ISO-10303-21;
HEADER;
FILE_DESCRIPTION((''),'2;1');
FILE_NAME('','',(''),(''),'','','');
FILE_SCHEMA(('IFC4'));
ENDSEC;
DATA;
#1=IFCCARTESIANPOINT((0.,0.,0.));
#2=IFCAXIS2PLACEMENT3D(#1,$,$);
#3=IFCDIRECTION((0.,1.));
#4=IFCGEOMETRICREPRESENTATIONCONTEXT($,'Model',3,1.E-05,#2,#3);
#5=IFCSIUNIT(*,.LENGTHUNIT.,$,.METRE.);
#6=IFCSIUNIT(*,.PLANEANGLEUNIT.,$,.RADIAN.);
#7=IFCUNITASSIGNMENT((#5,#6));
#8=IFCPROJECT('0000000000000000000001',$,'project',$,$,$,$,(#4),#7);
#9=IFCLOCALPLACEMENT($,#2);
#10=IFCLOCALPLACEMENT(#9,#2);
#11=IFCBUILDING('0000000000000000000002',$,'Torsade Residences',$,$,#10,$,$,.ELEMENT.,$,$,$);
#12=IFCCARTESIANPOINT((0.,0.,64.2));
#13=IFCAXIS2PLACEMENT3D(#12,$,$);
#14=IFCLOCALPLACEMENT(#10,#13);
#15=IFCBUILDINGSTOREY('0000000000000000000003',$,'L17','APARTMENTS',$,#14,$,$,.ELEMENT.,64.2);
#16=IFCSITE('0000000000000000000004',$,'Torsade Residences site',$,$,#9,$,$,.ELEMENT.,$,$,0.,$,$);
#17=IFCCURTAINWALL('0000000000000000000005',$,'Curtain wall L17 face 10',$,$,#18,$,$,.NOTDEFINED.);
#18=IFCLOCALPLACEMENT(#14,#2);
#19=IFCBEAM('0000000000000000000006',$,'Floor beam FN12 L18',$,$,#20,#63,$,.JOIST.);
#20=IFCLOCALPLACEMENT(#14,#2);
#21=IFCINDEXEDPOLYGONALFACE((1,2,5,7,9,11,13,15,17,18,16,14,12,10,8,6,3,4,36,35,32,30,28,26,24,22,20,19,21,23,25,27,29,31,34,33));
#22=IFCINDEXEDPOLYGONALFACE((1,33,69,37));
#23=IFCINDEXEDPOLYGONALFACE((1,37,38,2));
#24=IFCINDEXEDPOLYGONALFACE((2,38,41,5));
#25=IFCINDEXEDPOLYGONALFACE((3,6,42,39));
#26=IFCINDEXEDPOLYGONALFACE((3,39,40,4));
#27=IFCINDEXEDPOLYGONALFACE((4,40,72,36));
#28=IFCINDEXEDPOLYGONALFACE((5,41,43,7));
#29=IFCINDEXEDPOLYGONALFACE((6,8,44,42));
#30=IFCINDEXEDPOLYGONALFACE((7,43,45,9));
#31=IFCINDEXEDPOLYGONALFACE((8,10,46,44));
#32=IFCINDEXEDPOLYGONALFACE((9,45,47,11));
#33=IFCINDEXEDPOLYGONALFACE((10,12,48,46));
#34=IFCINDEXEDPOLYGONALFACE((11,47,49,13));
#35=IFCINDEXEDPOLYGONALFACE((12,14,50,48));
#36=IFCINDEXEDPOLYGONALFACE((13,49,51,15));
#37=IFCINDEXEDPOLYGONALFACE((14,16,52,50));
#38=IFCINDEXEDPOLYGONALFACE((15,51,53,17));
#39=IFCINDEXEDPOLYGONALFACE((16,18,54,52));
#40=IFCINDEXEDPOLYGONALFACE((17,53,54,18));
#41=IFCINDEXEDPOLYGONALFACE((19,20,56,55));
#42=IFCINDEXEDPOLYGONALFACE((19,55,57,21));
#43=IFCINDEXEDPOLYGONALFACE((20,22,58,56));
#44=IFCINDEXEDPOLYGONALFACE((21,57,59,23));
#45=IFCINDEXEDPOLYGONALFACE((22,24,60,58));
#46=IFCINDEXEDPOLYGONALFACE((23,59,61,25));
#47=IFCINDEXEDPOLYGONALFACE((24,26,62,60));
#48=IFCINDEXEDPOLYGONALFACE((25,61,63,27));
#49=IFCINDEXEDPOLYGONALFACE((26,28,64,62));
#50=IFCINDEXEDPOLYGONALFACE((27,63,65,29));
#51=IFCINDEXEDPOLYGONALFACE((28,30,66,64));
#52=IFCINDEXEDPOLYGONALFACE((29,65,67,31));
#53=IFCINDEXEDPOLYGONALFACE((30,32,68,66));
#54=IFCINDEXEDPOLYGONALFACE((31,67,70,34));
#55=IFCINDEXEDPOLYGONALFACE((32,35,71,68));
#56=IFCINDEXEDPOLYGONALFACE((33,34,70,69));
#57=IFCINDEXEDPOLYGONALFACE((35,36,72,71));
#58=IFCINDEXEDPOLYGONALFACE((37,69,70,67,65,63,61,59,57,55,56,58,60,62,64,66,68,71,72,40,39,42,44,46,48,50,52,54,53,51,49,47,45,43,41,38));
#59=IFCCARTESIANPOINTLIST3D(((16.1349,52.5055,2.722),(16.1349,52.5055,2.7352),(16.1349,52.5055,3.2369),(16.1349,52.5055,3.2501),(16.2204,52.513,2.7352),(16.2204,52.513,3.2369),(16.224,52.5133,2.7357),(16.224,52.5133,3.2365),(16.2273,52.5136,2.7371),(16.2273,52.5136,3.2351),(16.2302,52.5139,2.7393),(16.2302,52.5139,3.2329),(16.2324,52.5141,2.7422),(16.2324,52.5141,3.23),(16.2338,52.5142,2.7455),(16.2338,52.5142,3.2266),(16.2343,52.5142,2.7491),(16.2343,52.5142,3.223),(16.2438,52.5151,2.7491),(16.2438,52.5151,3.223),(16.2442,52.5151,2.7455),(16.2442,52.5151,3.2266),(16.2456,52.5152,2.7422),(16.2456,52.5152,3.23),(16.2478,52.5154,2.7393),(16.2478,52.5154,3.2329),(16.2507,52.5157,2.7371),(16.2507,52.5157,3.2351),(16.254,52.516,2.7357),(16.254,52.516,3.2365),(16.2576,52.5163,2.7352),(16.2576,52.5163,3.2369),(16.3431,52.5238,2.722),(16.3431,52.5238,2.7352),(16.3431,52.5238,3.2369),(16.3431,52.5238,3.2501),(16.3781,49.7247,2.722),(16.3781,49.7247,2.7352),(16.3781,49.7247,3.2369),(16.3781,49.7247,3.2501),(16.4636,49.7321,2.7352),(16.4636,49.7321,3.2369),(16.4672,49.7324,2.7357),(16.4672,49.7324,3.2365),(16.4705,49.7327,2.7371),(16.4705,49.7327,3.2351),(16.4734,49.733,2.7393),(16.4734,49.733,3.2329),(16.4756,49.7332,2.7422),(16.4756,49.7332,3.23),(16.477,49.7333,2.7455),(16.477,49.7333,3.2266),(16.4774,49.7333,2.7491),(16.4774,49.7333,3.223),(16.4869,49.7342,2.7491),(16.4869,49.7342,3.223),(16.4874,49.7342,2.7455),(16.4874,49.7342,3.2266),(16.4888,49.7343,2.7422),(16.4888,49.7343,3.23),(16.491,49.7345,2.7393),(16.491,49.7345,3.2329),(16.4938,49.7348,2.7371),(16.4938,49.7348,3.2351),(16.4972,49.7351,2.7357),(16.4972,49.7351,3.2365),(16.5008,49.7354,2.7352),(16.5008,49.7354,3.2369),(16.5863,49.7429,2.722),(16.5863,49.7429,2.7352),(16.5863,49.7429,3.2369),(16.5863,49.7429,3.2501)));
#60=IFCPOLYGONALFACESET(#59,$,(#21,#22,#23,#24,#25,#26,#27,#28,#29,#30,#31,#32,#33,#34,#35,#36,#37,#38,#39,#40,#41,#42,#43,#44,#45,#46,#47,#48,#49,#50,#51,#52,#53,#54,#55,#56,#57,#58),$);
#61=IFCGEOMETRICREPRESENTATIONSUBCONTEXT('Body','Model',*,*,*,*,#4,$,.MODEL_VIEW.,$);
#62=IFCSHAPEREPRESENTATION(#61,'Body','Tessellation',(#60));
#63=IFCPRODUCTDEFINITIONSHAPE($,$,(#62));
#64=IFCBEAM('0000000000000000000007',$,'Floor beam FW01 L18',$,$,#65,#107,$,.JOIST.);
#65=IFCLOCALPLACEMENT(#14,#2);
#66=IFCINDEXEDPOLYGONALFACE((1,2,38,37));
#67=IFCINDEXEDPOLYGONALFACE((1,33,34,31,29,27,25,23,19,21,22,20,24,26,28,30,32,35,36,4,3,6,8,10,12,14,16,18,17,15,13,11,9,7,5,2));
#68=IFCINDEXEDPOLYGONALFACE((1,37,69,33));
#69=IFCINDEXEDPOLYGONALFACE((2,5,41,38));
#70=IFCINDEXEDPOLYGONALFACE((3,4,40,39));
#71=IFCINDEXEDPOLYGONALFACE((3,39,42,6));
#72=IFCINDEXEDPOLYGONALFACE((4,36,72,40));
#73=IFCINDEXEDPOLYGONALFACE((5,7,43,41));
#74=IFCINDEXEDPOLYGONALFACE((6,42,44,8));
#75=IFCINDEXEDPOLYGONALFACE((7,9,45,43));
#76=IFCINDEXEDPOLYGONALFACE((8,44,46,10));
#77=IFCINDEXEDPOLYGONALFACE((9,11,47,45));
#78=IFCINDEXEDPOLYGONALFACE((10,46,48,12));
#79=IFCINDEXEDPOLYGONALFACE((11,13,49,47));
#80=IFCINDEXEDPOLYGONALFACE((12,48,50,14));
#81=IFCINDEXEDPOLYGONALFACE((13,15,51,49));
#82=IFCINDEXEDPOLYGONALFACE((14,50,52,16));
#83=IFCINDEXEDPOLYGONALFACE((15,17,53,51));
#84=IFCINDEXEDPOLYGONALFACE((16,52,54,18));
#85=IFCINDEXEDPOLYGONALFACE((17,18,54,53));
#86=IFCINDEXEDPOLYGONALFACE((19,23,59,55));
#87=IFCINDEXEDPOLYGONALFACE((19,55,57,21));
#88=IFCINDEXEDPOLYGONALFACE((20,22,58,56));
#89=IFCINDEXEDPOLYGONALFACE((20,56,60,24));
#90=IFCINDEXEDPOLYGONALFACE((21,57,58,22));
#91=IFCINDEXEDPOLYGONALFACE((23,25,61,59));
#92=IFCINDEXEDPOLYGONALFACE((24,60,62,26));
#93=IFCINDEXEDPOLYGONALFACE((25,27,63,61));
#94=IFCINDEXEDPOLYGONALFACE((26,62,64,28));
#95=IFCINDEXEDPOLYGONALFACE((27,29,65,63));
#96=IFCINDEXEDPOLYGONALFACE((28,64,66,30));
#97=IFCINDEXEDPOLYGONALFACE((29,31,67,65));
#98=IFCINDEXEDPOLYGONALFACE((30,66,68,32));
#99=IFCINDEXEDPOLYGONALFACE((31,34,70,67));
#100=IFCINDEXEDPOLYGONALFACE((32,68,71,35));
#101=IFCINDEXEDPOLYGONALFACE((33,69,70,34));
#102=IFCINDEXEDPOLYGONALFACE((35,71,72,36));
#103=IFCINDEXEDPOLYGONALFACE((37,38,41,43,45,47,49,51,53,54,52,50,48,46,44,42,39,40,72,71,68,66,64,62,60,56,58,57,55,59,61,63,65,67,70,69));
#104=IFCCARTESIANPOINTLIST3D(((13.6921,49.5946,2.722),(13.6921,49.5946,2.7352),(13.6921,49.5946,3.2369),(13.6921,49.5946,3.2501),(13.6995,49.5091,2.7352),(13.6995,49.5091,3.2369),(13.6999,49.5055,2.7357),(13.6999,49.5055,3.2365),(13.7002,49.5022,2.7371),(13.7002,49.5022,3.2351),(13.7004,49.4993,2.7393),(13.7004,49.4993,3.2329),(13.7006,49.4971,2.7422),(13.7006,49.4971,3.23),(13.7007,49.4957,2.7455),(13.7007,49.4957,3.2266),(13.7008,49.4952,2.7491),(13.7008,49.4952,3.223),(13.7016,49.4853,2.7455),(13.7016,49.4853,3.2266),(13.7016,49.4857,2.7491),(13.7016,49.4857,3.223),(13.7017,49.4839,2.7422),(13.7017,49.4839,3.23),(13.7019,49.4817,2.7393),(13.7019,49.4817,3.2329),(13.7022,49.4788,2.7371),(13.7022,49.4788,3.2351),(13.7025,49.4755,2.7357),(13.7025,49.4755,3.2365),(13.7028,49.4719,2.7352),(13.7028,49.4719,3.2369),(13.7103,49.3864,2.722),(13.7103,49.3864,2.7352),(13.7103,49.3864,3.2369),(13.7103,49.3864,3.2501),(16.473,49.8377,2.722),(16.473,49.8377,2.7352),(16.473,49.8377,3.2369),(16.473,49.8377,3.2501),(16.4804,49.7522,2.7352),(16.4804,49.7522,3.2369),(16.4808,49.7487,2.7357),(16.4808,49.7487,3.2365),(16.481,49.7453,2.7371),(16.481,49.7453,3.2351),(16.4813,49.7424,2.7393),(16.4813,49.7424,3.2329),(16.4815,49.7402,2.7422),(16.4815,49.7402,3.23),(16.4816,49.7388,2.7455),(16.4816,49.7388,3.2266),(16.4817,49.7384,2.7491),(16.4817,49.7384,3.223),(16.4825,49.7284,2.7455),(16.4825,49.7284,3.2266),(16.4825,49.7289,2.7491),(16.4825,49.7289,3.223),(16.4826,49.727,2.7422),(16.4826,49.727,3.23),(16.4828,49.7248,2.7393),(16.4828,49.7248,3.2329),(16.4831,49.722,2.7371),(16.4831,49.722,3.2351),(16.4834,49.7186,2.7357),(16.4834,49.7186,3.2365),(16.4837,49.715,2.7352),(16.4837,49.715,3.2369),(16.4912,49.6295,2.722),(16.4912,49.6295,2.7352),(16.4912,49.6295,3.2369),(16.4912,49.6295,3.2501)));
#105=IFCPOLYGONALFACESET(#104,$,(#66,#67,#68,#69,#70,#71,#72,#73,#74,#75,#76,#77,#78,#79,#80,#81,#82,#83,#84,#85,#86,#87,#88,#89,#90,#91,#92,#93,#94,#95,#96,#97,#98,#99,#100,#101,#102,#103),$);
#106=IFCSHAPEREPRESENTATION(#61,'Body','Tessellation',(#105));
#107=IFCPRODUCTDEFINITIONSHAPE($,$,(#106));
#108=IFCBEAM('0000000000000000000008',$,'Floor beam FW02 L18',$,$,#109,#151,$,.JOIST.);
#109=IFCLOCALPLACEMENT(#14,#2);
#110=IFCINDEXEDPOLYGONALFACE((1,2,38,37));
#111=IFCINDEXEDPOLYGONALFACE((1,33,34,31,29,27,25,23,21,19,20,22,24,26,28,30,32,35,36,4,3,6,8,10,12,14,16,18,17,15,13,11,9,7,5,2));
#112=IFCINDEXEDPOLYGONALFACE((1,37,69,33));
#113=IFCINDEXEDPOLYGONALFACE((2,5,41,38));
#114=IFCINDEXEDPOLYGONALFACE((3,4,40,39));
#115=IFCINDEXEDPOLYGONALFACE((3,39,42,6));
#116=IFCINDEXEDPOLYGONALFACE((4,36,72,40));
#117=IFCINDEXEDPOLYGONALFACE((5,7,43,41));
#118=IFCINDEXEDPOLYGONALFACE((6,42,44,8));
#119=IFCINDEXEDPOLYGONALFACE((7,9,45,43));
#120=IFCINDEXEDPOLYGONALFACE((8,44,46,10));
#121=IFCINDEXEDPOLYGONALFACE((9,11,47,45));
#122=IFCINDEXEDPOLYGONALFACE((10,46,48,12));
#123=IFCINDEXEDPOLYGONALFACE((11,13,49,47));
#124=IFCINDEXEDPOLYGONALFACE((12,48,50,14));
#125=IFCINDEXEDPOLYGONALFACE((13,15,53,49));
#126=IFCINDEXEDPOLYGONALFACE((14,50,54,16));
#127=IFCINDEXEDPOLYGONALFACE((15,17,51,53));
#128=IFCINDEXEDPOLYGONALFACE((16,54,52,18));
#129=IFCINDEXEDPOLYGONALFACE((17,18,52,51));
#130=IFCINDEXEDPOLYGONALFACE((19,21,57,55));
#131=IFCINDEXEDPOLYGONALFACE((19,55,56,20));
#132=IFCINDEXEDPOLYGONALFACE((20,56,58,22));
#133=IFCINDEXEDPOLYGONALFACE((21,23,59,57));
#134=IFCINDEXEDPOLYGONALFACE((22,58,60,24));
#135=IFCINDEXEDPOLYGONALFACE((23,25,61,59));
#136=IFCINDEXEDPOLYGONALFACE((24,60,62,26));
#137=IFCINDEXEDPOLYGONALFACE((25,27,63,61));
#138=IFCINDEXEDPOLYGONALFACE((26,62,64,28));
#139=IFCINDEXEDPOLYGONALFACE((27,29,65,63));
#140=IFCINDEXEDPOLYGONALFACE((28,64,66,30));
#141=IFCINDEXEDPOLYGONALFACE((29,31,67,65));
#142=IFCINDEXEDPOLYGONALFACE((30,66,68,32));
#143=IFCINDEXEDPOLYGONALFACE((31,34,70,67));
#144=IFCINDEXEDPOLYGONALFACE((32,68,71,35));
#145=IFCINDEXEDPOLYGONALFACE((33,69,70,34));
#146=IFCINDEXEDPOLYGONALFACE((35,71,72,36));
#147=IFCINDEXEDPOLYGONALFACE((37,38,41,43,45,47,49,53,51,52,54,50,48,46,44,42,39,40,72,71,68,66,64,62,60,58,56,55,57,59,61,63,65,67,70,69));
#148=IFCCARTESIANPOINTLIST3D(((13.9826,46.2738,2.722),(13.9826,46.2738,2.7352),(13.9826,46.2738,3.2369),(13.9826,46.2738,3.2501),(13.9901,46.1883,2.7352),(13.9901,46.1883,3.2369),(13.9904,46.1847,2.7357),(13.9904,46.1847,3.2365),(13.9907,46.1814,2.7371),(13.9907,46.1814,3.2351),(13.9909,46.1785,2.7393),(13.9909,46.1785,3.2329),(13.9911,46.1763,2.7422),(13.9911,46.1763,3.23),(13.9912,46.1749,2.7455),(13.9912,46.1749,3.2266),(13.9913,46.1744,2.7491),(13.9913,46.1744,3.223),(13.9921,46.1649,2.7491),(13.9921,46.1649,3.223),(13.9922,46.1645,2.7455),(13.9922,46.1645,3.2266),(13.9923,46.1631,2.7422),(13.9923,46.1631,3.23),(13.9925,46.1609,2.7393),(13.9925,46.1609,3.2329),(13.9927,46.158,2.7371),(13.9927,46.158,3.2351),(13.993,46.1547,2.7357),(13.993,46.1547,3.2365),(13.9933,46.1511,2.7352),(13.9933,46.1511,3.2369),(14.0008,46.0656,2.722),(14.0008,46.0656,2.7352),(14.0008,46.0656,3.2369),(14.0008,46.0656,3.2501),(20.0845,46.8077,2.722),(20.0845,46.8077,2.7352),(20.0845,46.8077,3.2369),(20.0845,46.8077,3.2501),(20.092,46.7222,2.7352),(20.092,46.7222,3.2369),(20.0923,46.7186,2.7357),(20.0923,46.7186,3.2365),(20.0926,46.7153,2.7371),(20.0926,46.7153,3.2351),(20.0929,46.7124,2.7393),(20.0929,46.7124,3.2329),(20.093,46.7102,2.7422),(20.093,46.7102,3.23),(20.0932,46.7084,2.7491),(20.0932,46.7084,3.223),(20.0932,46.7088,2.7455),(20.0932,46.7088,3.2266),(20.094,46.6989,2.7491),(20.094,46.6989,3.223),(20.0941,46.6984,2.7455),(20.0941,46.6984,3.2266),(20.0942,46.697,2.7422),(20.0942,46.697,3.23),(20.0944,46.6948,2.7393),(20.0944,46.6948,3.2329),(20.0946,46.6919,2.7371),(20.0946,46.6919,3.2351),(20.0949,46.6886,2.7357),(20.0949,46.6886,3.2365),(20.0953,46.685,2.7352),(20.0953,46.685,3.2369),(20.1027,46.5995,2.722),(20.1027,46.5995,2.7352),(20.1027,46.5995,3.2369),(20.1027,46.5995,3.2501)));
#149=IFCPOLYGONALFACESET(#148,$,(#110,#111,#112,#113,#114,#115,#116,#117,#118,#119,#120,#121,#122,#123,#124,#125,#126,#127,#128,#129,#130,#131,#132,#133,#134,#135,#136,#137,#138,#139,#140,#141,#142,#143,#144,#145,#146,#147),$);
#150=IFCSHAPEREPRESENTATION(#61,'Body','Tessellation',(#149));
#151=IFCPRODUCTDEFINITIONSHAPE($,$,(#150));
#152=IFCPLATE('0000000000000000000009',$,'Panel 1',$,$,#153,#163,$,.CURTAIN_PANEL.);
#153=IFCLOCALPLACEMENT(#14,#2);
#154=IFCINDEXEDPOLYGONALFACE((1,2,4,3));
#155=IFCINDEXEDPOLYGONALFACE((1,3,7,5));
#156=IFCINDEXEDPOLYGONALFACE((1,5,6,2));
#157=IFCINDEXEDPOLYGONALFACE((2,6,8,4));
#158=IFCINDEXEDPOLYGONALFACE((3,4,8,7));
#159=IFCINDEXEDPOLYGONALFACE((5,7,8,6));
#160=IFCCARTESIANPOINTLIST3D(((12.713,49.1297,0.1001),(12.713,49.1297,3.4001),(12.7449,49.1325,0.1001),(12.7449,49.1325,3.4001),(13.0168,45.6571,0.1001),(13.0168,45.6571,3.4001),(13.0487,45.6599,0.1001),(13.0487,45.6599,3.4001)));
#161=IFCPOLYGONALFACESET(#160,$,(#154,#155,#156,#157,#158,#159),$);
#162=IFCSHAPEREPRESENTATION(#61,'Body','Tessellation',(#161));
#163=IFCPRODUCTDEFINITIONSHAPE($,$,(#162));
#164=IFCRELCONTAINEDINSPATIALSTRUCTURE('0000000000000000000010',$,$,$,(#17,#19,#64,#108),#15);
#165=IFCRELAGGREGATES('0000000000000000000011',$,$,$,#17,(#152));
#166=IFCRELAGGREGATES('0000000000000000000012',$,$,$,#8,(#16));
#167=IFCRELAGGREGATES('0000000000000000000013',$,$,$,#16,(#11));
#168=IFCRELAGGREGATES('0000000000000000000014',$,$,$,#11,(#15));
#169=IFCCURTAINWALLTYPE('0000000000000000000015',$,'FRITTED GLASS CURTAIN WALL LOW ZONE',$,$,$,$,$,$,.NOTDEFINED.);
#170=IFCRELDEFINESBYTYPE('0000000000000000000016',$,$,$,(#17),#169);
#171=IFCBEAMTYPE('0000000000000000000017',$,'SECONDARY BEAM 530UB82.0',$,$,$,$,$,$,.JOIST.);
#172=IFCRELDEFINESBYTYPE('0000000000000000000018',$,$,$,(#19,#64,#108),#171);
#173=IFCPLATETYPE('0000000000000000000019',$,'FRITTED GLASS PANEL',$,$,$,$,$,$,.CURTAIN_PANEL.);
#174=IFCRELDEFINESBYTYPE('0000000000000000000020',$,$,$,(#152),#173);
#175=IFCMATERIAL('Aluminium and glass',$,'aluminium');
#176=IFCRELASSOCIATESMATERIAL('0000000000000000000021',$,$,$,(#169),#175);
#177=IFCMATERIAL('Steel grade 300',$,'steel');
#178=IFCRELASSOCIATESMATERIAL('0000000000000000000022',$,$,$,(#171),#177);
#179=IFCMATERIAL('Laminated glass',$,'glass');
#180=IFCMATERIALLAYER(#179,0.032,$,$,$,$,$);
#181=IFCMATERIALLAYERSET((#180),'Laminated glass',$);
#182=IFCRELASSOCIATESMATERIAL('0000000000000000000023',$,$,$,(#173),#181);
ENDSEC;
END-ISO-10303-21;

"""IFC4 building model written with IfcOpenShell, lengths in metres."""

from ifc_helpers import new_model, si_unit, direction, frame, origin, origin_2d, place, context, subcontext, project, spatial, rectangle, i_section, extrude, material, layer, layer_set, material_profile, profile_set, type_object, element, aggregate, save


model = new_model("IFC4")

# Units and contexts
model_context = context("Model", 3, precision=1e-05, world=origin(), true_north=direction((0.0, 1.0)))
body_context = subcontext(model_context, "Body", "Model", "MODEL_VIEW")
ifc_project = project(units=[si_unit("LENGTHUNIT", "METRE"), si_unit("PLANEANGLEUNIT", "RADIAN")], contexts=[model_context])

# Site, building, storey
site_placement = place(None, origin())
site = spatial("IfcSite", under=ifc_project, at=site_placement, Name="Torsade Residences site", CompositionType="ELEMENT", RefElevation=0.0)
building_placement = place(site_placement, origin())
building = spatial("IfcBuilding", under=site, at=building_placement, Name="Torsade Residences", CompositionType="ELEMENT")
storey_placement = place(building_placement, frame((0.0, 0.0, 64.2)))
storey = spatial("IfcBuildingStorey", under=building, at=storey_placement, Name="L17", Description="APARTMENTS", CompositionType="ELEMENT", Elevation=64.2)

# Shared definitions
ifc_material_1 = material(Name="Aluminium and glass", Category="aluminium")
curtain_wall_type = type_object("IfcCurtainWallType", Name="FRITTED GLASS CURTAIN WALL LOW ZONE", PredefinedType="NOTDEFINED", material=ifc_material_1)

# Curtain wall
curtain_wall_1_placement = place(storey_placement, origin())
curtain_wall_1 = element("IfcCurtainWall", 1, at=curtain_wall_1_placement, inside=storey, type_object=curtain_wall_type, Name="Curtain wall L17 face 10", PredefinedType="NOTDEFINED")

# Beams
ifc_material_2 = material(Name="Steel grade 300", Category="steel")
ifc_material_profile_1 = material_profile(ifc_material_2, i_section(OverallWidth=0.209, OverallDepth=0.5281, WebThickness=0.0095, FlangeThickness=0.0132, FilletRadius=0.0139, at=origin_2d()), Name="530UB82.0")
ifc_profile_set_1 = profile_set([ifc_material_profile_1], Name="Steel grade 300")
beam_type_1 = type_object("IfcBeamType", Name="SECONDARY BEAM 530UB82.0", PredefinedType="JOIST", material=ifc_profile_set_1)
for number, where, z_axis, x_axis, name in (
    (2, (16.239, 52.5146, 2.9861), (0.087105, -0.996199, 0.0), (0.996199, 0.087105, 0.0), "Floor beam FN12 L18"),
    (3, (13.7012, 49.4905, 2.9861), (0.996199, 0.087105, 0.0), (-0.087105, 0.996199, 0.0), "Floor beam FW01 L18"),
):
    element("IfcBeam", number, at=place(storey_placement, frame(where, z_axis=z_axis, x_axis=x_axis)), inside=storey, type_object=beam_type_1, Name=name, PredefinedType="JOIST", context=body_context, shape_type="SweptSolid", body=[
        extrude(i_section(OverallWidth=0.209, OverallDepth=0.5281, WebThickness=0.0095, FlangeThickness=0.0132, FilletRadius=0.0139, at=origin_2d()), origin(), (0.0, 0.0, 1.0), 2.7915),
    ])
beam_1_placement = place(storey_placement, frame((13.9917, 46.1697, 2.9861), z_axis=(0.996193, 0.087171, 0.0), x_axis=(-0.087171, 0.996193, 0.0)))
element("IfcBeam", 4, at=beam_1_placement, inside=storey, type_object=beam_type_1, Name="Floor beam FW02 L18", PredefinedType="JOIST", context=body_context, shape_type="SweptSolid", body=[
    extrude(i_section(OverallWidth=0.209, OverallDepth=0.5281, WebThickness=0.0095, FlangeThickness=0.0132, FilletRadius=0.0139, at=origin_2d()), origin(), (0.0, 0.0, 1.0), 6.1252),
])

# Plate
ifc_material_3 = material(Name="Laminated glass", Category="glass")
ifc_layer_1 = layer(ifc_material_3, 0.032)
ifc_layer_set_1 = layer_set([ifc_layer_1], Name="Laminated glass")
plate_type = type_object("IfcPlateType", Name="FRITTED GLASS PANEL", PredefinedType="CURTAIN_PANEL", material=ifc_layer_set_1)
plate_placement = place(storey_placement, frame((12.8809, 47.3948, 0.1001), z_axis=(0.0, 0.0, 1.0), x_axis=(0.087156, -0.996195, 0.0)))
plate = element("IfcPlate", 5, at=plate_placement, type_object=plate_type, Name="Panel 1", PredefinedType="CURTAIN_PANEL", context=body_context, shape_type="SweptSolid", body=[
    extrude(rectangle(XDim=3.4858, YDim=0.032, at=origin_2d()), origin(), (0.0, 0.0, 1.0), 3.3),
])
aggregate(curtain_wall_1, [plate])

save(model, "model.ifc")
